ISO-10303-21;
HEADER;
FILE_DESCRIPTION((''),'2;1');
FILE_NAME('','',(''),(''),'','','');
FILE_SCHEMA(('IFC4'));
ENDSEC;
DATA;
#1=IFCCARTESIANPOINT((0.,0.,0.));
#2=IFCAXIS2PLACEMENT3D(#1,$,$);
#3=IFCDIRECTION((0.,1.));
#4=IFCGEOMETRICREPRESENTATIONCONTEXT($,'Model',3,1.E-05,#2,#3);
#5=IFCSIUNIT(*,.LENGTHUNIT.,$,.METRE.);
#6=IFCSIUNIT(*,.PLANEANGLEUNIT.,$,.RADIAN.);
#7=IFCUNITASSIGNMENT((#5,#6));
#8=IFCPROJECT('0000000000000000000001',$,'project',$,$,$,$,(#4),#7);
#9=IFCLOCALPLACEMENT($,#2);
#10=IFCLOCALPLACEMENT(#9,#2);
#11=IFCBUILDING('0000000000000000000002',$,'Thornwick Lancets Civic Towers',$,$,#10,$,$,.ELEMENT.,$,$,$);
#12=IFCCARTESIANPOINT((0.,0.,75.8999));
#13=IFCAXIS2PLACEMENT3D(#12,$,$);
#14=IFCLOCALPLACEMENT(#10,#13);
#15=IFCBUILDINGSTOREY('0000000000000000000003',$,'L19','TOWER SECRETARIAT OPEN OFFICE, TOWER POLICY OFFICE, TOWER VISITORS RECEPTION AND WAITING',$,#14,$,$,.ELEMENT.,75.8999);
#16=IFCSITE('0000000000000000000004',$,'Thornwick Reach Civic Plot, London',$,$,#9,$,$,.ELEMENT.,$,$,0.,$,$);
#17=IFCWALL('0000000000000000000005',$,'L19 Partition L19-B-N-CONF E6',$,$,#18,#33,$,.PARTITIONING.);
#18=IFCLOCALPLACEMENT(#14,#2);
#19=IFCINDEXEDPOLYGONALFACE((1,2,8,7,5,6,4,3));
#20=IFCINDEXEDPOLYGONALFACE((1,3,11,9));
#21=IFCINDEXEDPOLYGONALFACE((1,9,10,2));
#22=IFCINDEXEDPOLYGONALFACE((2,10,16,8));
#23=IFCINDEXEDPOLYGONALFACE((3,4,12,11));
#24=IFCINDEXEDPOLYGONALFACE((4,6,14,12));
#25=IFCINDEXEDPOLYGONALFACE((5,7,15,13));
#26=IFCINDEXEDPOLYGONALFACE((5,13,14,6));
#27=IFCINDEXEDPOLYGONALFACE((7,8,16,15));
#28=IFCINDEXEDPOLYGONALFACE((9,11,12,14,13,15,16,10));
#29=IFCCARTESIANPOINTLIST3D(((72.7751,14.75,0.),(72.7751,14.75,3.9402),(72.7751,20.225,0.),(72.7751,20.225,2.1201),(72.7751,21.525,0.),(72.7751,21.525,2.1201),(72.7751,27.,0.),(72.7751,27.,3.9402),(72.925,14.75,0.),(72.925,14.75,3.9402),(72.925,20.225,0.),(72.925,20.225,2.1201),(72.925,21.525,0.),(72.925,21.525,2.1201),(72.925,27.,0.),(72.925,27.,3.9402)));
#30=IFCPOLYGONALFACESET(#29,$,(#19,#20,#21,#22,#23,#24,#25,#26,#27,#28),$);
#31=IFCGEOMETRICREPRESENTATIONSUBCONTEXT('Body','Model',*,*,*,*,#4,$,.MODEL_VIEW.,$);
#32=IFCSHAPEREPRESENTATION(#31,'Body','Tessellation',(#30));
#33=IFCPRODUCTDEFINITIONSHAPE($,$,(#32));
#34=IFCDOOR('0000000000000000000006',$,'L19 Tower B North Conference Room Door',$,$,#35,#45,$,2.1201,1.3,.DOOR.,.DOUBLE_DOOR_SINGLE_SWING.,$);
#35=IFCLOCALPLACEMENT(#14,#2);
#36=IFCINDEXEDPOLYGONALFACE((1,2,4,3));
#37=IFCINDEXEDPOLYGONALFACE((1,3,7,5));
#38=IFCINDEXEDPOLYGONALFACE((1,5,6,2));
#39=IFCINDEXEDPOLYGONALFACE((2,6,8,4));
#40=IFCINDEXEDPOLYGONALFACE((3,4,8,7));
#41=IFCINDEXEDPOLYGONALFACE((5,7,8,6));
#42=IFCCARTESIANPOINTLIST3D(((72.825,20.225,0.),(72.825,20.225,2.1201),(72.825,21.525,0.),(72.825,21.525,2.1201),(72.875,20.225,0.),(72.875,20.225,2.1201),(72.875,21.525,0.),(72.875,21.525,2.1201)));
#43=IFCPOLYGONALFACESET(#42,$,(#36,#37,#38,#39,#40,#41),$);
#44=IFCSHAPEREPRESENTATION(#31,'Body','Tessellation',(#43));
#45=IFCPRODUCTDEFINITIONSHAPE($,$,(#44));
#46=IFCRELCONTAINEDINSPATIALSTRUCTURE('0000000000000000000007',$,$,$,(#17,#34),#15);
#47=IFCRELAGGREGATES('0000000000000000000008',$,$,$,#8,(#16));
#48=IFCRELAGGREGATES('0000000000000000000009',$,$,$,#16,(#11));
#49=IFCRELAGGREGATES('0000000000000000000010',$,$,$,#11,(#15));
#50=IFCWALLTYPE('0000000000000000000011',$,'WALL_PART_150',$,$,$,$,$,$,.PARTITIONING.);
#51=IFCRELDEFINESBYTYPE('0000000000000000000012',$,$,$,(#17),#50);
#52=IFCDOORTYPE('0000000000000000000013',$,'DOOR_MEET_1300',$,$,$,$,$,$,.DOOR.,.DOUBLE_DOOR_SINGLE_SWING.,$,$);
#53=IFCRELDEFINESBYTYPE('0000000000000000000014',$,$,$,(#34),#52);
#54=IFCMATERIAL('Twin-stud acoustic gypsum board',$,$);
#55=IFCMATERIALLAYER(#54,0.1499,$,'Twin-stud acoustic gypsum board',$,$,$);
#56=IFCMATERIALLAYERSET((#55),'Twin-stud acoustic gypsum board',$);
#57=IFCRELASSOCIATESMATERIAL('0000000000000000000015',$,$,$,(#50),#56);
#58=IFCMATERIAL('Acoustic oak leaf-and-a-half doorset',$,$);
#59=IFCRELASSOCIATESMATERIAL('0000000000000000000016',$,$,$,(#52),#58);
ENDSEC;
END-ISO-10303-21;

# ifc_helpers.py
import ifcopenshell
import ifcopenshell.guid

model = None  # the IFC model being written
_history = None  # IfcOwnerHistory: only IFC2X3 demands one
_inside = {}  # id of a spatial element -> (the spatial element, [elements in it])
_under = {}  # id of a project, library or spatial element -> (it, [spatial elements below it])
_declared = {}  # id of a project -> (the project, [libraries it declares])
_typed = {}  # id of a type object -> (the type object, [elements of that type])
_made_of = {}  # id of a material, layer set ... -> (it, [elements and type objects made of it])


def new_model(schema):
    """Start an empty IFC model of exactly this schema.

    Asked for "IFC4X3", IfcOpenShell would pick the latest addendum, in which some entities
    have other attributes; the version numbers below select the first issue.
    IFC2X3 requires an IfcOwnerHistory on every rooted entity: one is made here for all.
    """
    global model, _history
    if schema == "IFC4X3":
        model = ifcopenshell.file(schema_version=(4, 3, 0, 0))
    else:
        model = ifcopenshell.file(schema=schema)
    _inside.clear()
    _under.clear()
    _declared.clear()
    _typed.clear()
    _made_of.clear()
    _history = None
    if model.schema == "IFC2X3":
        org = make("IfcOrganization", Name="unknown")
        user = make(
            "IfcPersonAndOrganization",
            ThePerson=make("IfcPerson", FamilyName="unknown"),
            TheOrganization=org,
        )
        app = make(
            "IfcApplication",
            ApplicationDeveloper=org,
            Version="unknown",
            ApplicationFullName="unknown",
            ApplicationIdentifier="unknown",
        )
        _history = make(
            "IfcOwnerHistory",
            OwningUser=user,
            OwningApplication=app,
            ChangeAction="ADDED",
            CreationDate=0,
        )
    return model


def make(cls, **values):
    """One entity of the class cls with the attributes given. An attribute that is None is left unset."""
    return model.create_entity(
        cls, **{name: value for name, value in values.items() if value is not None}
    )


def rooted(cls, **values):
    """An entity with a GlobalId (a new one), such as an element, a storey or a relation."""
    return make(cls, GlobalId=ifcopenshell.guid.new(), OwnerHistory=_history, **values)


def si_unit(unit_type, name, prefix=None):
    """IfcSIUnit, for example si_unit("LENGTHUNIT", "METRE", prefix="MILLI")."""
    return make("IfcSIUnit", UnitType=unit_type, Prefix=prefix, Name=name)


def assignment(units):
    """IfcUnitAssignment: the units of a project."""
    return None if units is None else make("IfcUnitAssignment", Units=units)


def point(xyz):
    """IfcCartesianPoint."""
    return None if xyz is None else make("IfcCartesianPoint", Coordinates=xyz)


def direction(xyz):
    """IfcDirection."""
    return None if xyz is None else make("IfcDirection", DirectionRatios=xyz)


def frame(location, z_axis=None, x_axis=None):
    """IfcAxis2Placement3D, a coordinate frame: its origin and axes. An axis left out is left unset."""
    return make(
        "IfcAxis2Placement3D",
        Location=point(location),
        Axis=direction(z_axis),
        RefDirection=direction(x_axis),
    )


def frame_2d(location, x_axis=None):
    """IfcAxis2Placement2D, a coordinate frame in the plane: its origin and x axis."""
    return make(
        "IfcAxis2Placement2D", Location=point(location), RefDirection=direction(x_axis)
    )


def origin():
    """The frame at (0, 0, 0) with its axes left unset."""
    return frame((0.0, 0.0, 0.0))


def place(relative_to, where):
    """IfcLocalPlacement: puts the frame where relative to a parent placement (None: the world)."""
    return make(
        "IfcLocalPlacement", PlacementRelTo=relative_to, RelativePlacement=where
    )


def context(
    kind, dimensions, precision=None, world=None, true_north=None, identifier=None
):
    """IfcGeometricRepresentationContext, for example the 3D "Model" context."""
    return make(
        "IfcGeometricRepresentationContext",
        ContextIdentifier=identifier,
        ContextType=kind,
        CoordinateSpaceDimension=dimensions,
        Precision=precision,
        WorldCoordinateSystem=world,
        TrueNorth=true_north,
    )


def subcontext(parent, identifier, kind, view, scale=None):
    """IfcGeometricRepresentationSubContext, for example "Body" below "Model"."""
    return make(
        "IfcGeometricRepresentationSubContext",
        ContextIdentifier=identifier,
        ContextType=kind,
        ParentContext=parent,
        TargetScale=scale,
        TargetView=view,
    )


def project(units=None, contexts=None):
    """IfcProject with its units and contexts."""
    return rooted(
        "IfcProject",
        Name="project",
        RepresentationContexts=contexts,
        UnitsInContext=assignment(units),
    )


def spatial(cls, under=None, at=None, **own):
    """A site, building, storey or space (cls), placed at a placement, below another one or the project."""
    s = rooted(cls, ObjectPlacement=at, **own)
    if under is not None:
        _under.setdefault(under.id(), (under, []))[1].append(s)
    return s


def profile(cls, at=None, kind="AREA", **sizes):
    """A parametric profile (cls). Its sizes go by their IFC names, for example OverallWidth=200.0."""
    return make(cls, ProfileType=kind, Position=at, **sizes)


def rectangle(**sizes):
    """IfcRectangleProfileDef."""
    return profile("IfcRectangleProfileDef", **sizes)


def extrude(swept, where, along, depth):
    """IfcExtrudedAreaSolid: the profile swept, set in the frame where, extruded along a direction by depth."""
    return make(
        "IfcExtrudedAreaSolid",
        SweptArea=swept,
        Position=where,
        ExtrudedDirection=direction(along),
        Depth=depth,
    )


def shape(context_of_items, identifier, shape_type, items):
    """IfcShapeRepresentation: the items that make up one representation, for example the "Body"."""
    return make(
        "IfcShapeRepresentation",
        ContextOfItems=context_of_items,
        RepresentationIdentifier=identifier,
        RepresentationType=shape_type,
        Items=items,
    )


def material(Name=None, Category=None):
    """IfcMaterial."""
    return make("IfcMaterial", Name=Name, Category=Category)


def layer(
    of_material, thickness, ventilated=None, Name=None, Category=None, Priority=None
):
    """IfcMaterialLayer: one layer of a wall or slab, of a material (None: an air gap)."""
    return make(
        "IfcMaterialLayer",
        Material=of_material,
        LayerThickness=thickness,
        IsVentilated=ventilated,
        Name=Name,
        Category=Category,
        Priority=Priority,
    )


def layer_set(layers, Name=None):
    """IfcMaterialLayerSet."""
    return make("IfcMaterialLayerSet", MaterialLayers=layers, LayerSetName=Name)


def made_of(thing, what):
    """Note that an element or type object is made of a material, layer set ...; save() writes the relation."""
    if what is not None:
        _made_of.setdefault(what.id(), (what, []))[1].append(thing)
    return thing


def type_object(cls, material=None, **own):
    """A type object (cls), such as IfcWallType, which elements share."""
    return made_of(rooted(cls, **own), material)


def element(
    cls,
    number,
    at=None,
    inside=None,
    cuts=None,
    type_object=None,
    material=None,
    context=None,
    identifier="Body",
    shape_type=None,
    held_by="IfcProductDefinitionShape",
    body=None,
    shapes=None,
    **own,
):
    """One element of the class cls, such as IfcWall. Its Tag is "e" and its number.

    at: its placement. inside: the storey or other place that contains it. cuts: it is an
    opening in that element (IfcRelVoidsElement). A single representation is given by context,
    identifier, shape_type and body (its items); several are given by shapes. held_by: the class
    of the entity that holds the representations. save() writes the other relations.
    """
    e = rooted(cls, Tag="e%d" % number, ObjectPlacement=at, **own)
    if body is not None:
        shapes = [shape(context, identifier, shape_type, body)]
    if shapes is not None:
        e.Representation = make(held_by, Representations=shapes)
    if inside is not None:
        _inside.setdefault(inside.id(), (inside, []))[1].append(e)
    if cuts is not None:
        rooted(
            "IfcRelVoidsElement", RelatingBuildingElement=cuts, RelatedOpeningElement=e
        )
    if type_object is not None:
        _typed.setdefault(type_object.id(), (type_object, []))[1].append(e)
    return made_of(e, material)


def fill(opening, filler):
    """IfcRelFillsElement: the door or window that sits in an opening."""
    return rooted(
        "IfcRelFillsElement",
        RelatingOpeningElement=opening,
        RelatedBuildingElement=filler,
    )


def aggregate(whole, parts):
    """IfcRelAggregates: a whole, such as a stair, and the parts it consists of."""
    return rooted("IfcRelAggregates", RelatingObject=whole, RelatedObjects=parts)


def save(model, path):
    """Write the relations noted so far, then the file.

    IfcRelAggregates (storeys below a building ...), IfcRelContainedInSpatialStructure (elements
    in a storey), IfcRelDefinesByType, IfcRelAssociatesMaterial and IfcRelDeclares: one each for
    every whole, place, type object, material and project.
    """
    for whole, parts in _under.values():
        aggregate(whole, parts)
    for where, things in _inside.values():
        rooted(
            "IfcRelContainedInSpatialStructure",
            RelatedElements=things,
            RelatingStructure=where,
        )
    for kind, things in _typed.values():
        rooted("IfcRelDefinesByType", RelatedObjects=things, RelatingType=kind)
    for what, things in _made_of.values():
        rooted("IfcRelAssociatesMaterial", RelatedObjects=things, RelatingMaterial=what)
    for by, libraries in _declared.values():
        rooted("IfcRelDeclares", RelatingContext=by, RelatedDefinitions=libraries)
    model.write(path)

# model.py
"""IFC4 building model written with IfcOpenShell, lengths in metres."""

from ifc_helpers import new_model, si_unit, direction, frame, frame_2d, origin, place, context, subcontext, project, spatial, rectangle, extrude, material, layer, layer_set, type_object, element, fill, save


model = new_model("IFC4")

# Units and contexts
model_context = context("Model", 3, precision=1e-05, world=origin(), true_north=direction((0.0, 1.0)))
body_context = subcontext(model_context, "Body", "Model", "MODEL_VIEW")
ifc_project = project(units=[si_unit("LENGTHUNIT", "METRE"), si_unit("PLANEANGLEUNIT", "RADIAN")], contexts=[model_context])

# Site, building, storey
site_placement = place(None, origin())
site = spatial("IfcSite", under=ifc_project, at=site_placement, Name="Thornwick Reach Civic Plot, London", CompositionType="ELEMENT", RefElevation=0.0)
building_placement = place(site_placement, origin())
building = spatial("IfcBuilding", under=site, at=building_placement, Name="Thornwick Lancets Civic Towers", CompositionType="ELEMENT")
storey_placement = place(building_placement, frame((0.0, 0.0, 75.8999)))
storey = spatial("IfcBuildingStorey", under=building, at=storey_placement, Name="L19", Description="TOWER SECRETARIAT OPEN OFFICE, TOWER POLICY OFFICE, TOWER VISITORS RECEPTION AND WAITING", CompositionType="ELEMENT", Elevation=75.8999)

# Wall, opening, door
ifc_material_1 = material(Name="Twin-stud acoustic gypsum board")
ifc_layer_1 = layer(ifc_material_1, 0.1499, Name="Twin-stud acoustic gypsum board")
ifc_layer_set_1 = layer_set([ifc_layer_1], Name="Twin-stud acoustic gypsum board")
wall_type_1 = type_object("IfcWallType", Name="WALL_PART_150", PredefinedType="PARTITIONING", material=ifc_layer_set_1)
wall_1_placement = place(storey_placement, frame((72.8501, 27.0, 0.0), z_axis=(0.0, 0.0, 1.0), x_axis=(0.0, -1.0, 0.0)))
wall_1 = element("IfcWall", 1, at=wall_1_placement, inside=storey, type_object=wall_type_1, Name="L19 Partition L19-B-N-CONF E6", PredefinedType="PARTITIONING", context=body_context, shape_type="SweptSolid", body=[
    extrude(rectangle(XDim=12.25, YDim=0.1499, at=frame_2d((6.125, 0.0))), origin(), (0.0, 0.0, 1.0), 3.9402),
])
opening_1_placement = place(wall_1_placement, frame((5.4751, 0.0, 0.0)))
opening_1 = element("IfcOpeningElement", 2, at=opening_1_placement, cuts=wall_1, PredefinedType="OPENING", context=body_context, shape_type="SweptSolid", body=[
    extrude(rectangle(XDim=1.3, YDim=2.1201, at=frame_2d((0.6499, 1.0601))), frame((0.0, 0.085, 0.0), z_axis=(0.0, -1.0, 0.0), x_axis=(1.0, 0.0, 0.0)), (0.0, 0.0, 1.0), 0.1699),
])
ifc_material_2 = material(Name="Acoustic oak leaf-and-a-half doorset")
door_type_1 = type_object("IfcDoorType", Name="DOOR_MEET_1300", OperationType="DOUBLE_DOOR_SINGLE_SWING", PredefinedType="DOOR", material=ifc_material_2)
door_1_placement = place(opening_1_placement, origin())
door_1 = element("IfcDoor", 3, at=door_1_placement, inside=storey, type_object=door_type_1, Name="L19 Tower B North Conference Room Door", OperationType="DOUBLE_DOOR_SINGLE_SWING", OverallHeight=2.1201, OverallWidth=1.3, PredefinedType="DOOR", context=body_context, shape_type="SweptSolid", body=[
    extrude(rectangle(XDim=1.3, YDim=2.1201, at=frame_2d((0.6499, 1.0601))), frame((0.0, 0.0249, 0.0), z_axis=(0.0, -1.0, 0.0), x_axis=(1.0, 0.0, 0.0)), (0.0, 0.0, 1.0), 0.05),
])
fill(opening_1, door_1)

save(model, "model.ifc")
